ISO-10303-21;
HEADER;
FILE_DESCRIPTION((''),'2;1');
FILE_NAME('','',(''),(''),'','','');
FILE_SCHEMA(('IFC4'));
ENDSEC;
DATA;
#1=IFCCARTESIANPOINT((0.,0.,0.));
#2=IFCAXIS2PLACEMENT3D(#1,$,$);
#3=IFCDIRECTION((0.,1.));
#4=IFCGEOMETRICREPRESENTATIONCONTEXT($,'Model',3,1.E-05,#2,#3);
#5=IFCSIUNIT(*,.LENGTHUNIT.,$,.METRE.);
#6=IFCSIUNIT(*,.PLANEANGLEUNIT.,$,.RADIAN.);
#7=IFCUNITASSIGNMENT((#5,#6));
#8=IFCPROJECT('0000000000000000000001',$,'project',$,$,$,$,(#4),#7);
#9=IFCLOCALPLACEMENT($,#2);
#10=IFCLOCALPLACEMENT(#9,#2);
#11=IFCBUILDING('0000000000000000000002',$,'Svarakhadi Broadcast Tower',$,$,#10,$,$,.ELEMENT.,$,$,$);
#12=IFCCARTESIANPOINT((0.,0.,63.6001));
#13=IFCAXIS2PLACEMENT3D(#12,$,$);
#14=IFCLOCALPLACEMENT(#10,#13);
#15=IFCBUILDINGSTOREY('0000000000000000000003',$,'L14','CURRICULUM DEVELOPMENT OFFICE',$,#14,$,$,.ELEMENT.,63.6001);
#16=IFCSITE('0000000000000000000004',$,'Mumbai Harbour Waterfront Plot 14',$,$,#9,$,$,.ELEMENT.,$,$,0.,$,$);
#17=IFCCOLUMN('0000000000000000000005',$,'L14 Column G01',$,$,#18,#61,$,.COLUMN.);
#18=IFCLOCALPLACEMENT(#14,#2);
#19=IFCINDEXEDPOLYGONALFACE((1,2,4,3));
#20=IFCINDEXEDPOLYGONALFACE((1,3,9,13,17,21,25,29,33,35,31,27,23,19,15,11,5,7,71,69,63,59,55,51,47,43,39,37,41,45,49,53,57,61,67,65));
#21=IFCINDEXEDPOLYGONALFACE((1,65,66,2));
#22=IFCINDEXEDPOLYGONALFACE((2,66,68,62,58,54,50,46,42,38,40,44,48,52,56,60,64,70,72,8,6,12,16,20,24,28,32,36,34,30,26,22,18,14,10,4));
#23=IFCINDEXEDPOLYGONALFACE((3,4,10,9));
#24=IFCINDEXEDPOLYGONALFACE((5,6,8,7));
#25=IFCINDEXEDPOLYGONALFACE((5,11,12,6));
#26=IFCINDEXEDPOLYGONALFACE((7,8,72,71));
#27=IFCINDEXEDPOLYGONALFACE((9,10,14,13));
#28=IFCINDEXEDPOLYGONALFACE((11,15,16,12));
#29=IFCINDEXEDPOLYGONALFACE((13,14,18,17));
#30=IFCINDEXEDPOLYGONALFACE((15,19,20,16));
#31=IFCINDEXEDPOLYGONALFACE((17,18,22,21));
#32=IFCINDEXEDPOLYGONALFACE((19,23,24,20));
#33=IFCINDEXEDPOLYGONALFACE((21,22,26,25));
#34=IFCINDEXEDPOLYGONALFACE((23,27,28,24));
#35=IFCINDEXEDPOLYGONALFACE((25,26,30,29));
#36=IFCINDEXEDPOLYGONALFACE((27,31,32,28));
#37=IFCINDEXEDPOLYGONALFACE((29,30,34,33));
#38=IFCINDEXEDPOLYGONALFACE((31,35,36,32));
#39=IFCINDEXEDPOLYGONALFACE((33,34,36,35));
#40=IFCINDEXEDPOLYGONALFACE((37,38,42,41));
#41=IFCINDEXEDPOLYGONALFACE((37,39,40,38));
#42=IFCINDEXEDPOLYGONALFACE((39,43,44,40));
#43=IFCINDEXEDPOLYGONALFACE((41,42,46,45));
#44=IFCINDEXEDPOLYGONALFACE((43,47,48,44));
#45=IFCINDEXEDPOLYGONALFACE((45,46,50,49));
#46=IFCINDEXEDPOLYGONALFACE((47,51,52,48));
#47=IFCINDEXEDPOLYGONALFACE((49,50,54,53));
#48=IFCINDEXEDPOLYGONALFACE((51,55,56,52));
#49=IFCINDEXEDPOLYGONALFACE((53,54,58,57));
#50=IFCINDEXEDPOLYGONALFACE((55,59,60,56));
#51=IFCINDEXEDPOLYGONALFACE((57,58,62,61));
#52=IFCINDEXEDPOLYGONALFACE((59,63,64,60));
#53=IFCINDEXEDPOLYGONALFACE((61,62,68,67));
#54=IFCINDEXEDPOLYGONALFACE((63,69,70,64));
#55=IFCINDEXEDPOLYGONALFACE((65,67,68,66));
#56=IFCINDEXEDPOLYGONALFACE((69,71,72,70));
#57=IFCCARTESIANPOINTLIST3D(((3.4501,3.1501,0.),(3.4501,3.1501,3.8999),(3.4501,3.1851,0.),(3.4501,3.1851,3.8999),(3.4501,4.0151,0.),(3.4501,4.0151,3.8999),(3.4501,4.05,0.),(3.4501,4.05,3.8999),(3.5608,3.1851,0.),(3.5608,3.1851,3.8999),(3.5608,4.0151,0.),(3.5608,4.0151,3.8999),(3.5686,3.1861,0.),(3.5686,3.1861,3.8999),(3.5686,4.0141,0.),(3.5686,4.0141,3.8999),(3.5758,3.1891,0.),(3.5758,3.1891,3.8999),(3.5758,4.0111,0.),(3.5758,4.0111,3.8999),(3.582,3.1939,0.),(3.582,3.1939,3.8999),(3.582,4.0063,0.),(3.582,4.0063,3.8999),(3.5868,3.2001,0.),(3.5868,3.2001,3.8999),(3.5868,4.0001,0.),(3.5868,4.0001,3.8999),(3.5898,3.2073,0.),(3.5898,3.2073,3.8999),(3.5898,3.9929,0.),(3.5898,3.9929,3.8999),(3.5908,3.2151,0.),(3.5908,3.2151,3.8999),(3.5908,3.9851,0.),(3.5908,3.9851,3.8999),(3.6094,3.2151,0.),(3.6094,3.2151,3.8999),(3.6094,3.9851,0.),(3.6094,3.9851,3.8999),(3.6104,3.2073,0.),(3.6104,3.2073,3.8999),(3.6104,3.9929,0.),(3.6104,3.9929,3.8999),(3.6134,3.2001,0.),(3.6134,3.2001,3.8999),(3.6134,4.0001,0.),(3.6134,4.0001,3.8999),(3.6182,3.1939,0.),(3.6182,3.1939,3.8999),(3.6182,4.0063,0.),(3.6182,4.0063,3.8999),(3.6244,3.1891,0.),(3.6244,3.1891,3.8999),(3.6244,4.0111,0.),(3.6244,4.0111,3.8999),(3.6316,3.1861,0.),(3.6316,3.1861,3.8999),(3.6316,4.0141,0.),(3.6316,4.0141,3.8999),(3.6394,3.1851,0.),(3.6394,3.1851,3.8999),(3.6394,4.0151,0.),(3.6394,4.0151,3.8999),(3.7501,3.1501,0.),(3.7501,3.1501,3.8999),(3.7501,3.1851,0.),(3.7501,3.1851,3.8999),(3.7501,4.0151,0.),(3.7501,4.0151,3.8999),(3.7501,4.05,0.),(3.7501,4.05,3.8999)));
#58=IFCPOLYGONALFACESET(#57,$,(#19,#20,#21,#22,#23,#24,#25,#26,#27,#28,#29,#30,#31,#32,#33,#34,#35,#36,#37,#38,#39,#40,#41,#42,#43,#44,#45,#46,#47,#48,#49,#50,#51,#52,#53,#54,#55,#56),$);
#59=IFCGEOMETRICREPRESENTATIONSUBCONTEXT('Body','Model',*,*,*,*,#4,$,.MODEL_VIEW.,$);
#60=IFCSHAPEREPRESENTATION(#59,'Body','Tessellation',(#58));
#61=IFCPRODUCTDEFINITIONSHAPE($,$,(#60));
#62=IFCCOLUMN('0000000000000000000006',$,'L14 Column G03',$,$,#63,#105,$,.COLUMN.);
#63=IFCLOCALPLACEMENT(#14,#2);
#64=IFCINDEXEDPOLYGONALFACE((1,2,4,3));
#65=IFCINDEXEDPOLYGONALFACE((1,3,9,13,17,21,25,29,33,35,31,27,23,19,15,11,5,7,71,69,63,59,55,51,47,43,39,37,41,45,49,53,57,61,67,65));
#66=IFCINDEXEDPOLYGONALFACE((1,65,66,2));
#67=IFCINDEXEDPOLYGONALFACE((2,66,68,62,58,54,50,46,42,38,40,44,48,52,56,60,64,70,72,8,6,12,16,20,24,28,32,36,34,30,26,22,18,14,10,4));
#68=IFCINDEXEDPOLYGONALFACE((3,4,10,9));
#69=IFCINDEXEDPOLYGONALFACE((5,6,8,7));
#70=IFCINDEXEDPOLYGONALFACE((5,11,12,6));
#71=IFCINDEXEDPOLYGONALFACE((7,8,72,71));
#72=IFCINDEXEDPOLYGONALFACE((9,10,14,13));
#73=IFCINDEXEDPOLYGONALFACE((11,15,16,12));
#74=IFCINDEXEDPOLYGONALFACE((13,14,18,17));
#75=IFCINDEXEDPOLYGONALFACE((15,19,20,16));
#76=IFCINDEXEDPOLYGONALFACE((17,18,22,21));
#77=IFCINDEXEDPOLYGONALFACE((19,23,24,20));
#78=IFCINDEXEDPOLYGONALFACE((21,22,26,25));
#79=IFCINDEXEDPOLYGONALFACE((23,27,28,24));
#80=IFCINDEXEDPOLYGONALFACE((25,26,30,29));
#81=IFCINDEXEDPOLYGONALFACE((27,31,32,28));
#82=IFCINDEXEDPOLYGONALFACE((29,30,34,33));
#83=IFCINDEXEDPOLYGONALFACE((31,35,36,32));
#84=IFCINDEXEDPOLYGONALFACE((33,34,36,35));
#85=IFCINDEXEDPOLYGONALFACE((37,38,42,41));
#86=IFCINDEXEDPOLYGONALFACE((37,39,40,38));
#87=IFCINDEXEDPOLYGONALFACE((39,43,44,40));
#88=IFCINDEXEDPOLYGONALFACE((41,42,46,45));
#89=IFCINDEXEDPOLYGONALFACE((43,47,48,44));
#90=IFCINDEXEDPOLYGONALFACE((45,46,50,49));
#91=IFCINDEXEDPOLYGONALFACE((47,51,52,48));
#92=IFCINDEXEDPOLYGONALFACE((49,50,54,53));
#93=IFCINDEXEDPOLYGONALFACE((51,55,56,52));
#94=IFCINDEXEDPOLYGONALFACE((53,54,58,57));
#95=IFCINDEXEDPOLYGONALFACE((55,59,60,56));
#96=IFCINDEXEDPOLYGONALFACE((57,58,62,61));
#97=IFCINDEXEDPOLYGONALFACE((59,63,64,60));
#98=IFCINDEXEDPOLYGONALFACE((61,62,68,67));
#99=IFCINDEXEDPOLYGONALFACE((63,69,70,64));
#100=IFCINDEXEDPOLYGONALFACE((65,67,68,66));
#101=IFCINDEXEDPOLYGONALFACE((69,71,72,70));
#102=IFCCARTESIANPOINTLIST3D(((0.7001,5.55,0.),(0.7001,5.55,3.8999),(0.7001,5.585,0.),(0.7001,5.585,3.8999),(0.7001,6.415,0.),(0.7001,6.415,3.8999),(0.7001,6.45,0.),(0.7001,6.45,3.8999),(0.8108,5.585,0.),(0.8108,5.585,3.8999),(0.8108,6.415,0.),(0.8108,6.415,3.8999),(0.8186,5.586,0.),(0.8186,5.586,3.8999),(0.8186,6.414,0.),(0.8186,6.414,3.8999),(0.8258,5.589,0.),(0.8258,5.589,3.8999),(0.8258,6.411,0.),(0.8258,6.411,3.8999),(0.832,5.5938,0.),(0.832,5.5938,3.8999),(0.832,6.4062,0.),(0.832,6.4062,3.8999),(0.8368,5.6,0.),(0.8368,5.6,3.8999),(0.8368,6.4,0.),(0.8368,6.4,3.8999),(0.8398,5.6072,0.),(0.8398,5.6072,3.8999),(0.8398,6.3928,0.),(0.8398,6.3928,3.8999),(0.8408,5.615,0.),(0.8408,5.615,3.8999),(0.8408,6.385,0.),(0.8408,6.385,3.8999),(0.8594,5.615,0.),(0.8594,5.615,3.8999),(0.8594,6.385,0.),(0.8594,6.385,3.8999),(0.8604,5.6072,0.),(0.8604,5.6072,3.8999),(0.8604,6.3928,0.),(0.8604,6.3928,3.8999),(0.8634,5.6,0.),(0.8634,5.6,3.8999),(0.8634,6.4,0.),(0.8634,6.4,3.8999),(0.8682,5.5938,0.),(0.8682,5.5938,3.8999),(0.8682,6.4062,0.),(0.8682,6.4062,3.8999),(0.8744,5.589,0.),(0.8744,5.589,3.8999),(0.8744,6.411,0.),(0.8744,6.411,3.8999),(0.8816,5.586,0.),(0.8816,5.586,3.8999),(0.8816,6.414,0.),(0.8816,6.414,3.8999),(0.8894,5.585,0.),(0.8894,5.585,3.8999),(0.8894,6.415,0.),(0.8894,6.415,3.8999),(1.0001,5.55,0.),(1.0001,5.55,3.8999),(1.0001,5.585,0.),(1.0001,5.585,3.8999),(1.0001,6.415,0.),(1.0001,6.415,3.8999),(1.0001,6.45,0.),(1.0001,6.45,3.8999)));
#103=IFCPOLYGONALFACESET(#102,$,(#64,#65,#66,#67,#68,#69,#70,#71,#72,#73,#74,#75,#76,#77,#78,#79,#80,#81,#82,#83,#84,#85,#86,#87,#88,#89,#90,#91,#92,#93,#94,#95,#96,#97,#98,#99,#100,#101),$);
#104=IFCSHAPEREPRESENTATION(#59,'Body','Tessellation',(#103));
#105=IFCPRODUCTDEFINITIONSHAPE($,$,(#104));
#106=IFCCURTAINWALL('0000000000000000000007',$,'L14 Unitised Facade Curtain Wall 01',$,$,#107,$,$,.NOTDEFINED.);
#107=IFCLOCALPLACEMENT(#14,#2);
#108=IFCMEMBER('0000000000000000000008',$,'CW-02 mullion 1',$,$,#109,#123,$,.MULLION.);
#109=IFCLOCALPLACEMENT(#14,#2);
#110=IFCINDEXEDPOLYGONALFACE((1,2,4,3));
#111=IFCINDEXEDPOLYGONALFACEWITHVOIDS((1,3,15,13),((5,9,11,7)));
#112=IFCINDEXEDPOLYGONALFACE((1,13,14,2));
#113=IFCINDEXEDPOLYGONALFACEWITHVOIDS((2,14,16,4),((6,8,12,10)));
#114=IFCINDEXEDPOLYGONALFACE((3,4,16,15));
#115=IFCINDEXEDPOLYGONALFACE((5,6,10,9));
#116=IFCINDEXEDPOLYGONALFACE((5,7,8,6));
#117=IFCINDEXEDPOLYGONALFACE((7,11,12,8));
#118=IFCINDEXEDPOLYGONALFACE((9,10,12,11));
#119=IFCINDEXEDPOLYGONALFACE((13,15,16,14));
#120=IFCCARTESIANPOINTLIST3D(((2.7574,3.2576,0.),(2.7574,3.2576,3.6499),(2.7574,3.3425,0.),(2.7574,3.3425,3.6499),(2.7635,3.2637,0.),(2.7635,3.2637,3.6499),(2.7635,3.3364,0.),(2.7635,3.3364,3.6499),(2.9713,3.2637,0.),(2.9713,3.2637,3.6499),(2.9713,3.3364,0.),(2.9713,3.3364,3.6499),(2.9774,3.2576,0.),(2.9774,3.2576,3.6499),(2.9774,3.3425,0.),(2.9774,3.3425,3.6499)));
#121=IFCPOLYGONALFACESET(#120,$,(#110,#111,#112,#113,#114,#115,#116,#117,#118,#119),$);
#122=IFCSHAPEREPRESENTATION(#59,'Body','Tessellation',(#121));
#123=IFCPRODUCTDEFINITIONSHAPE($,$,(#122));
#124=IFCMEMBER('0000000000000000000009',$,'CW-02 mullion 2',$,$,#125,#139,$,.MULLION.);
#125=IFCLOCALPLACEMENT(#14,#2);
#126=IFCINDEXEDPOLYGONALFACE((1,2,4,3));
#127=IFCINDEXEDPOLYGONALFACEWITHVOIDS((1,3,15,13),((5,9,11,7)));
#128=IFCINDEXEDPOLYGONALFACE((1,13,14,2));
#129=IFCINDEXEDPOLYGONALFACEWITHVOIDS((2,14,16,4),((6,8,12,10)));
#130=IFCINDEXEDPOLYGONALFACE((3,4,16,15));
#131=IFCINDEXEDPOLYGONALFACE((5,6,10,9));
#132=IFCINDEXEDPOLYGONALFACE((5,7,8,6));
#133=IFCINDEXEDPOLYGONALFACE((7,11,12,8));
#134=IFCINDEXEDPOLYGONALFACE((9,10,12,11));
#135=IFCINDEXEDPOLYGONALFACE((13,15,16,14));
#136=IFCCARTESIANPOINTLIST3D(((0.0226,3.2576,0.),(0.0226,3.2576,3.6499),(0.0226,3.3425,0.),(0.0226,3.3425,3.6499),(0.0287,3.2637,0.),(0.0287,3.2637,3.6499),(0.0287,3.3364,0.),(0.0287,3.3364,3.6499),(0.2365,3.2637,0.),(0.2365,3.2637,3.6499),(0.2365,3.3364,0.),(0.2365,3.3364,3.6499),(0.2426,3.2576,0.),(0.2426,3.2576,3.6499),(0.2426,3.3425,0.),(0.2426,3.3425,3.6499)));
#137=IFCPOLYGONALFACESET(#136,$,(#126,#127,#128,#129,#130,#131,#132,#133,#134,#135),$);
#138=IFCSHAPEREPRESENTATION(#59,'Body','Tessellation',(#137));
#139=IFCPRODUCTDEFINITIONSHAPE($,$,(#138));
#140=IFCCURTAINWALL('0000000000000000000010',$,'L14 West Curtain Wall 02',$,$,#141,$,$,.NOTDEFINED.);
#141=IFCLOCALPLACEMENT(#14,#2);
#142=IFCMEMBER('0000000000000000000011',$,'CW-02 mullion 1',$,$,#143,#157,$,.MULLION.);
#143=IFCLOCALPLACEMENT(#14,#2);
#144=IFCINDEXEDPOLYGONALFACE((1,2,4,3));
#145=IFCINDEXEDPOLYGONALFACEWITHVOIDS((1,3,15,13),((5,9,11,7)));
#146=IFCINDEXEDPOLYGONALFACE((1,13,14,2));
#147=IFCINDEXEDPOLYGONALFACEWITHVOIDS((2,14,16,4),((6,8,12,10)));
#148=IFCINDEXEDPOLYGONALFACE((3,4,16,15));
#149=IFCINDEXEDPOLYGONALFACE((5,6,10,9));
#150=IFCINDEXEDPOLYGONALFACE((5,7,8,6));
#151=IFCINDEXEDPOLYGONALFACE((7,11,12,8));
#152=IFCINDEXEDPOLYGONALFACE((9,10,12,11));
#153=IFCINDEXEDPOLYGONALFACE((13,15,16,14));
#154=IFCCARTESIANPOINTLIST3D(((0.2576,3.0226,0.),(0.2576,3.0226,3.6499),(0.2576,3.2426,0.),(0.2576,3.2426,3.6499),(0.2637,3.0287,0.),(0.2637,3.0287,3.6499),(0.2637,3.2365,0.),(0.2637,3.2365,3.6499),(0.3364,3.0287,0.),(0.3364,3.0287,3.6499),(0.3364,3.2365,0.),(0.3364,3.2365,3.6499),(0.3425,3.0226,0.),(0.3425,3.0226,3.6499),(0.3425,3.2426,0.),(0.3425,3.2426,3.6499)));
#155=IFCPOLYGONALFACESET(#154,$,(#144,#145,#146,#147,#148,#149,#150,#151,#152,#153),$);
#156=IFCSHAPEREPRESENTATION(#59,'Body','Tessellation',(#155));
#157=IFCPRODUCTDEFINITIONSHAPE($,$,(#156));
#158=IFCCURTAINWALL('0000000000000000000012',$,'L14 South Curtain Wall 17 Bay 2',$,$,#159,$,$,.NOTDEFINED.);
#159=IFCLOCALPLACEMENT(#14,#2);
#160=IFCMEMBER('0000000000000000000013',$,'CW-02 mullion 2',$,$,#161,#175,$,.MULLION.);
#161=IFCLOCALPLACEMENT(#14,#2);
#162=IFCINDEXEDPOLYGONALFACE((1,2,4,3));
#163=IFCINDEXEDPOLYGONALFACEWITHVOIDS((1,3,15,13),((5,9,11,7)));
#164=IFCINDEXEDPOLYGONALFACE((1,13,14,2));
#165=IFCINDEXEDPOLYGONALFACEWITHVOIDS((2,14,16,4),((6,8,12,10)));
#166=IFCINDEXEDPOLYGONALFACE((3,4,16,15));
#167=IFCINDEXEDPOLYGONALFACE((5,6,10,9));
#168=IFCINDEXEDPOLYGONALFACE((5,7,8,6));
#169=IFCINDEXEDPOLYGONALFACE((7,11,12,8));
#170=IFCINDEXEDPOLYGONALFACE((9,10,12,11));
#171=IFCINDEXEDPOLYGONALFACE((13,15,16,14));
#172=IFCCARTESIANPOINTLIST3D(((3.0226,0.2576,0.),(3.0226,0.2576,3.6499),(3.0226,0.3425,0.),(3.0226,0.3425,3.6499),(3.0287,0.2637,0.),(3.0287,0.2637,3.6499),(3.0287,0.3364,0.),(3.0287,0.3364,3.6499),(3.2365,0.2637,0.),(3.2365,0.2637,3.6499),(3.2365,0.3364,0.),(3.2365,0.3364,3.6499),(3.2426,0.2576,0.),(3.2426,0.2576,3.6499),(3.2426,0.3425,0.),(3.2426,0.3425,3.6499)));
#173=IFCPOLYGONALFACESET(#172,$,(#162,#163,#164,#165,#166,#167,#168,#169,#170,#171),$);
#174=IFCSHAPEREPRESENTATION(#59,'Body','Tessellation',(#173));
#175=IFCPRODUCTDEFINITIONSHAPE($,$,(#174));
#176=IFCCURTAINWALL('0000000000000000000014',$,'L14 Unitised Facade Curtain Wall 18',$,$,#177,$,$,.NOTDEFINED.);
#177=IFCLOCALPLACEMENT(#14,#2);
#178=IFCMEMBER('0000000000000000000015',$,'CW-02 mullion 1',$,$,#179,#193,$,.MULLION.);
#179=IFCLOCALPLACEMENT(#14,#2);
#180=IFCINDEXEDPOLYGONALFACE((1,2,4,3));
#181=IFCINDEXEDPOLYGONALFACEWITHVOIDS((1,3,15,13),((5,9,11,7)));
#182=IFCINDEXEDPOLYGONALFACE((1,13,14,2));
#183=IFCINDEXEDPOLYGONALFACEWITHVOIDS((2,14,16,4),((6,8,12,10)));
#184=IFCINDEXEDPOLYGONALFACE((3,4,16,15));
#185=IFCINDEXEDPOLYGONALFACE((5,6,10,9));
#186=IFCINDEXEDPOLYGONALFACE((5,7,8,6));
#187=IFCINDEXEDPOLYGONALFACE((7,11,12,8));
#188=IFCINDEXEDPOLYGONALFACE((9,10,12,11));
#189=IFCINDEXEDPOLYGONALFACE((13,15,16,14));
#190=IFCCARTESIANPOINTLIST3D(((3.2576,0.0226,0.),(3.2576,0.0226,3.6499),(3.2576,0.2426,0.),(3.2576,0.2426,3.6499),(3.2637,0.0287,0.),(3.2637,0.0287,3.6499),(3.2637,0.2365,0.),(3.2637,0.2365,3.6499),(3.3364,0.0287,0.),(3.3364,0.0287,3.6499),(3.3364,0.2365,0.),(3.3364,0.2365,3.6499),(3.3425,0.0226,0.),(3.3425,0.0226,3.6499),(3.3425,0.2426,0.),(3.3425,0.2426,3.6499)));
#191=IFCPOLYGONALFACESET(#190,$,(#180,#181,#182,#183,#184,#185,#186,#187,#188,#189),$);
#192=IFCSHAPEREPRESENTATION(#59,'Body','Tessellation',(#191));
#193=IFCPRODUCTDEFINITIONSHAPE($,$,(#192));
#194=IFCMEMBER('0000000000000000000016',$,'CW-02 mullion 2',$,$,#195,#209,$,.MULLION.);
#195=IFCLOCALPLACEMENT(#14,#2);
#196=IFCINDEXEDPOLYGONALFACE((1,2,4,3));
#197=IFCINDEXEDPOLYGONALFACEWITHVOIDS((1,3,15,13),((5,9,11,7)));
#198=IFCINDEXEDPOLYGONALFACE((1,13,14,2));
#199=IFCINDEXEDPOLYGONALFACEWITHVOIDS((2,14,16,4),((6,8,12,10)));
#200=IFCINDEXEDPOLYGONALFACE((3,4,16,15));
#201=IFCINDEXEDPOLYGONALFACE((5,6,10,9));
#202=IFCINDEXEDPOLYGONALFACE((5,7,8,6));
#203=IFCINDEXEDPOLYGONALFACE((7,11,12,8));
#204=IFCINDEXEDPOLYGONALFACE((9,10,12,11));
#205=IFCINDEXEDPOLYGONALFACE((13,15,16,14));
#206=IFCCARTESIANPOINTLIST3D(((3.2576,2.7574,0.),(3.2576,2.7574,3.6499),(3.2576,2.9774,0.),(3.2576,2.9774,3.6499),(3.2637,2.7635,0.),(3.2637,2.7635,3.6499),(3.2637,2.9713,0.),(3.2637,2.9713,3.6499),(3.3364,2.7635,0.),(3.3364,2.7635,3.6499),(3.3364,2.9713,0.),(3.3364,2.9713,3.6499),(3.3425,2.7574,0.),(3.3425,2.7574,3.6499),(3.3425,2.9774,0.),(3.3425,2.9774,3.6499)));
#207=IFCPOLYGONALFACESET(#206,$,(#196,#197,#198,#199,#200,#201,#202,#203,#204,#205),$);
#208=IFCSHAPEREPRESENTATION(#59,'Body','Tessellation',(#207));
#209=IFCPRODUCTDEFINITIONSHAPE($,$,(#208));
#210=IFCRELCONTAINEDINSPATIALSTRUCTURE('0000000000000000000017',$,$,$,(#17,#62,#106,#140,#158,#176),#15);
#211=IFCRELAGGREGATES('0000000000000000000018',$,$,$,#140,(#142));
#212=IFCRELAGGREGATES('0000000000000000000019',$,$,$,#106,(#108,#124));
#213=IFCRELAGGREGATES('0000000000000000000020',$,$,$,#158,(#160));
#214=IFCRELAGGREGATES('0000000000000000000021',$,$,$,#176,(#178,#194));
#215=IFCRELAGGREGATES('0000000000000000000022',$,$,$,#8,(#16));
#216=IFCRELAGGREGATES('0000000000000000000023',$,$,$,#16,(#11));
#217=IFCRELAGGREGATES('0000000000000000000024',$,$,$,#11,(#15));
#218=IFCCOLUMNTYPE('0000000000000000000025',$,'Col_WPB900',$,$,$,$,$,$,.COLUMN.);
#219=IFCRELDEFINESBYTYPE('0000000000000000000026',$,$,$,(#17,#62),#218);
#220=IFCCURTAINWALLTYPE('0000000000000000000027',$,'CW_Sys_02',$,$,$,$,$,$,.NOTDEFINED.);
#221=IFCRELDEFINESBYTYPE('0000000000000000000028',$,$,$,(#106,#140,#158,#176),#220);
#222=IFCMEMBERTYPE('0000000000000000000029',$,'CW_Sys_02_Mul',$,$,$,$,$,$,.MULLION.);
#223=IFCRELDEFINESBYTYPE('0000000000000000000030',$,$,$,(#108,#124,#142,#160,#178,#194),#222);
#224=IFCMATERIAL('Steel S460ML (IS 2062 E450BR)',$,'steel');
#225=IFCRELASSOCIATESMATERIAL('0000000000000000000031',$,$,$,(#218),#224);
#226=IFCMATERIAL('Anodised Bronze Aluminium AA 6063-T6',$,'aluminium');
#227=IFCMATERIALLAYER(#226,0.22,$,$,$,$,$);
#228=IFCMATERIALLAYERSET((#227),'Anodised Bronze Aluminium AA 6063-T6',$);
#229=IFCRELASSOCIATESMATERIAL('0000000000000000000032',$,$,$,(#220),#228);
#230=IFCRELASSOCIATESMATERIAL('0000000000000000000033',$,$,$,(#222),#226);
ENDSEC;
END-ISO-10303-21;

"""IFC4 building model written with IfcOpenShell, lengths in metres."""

from ifc_helpers import new_model, si_unit, direction, frame, origin, origin_2d, place, context, subcontext, project, spatial, hollow_rectangle, i_section, extrude, material, layer, layer_set, material_profile, profile_set, type_object, element, aggregate, save


model = new_model("IFC4")

# Units and contexts
model_context = context("Model", 3, precision=1e-05, world=origin(), true_north=direction((0.0, 1.0)))
body_context = subcontext(model_context, "Body", "Model", "MODEL_VIEW")
ifc_project = project(units=[si_unit("LENGTHUNIT", "METRE"), si_unit("PLANEANGLEUNIT", "RADIAN")], contexts=[model_context])

# Site, building, storey
site_placement = place(None, origin())
site = spatial("IfcSite", under=ifc_project, at=site_placement, Name="Mumbai Harbour Waterfront Plot 14", CompositionType="ELEMENT", RefElevation=0.0)
building_placement = place(site_placement, origin())
building = spatial("IfcBuilding", under=site, at=building_placement, Name="Svarakhadi Broadcast Tower", CompositionType="ELEMENT")
storey_placement = place(building_placement, frame((0.0, 0.0, 63.6001)))
storey = spatial("IfcBuildingStorey", under=building, at=storey_placement, Name="L14", Description="CURRICULUM DEVELOPMENT OFFICE", CompositionType="ELEMENT", Elevation=63.6001)

# Columns
ifc_material_1 = material(Name="Steel S460ML (IS 2062 E450BR)", Category="steel")
ifc_material_profile_1 = material_profile(ifc_material_1, i_section(OverallWidth=0.3, OverallDepth=0.8999, WebThickness=0.0186, FlangeThickness=0.0349, FilletRadius=0.03, at=origin_2d()), Name="WPB 900x300x291")
ifc_profile_set_1 = profile_set([ifc_material_profile_1], Name="Steel S460ML (IS 2062 E450BR)")
column_type = type_object("IfcColumnType", Name="Col_WPB900", PredefinedType="COLUMN", material=ifc_profile_set_1)
for number, where, z_axis, x_axis, name in (
    (1, (3.6001, 3.6001, 0.0), (0.0, 0.0, 1.0), (1.0, 0.0, 0.0), "L14 Column G01"),
    (2, (0.8501, 6.0, 0.0), (0.0, 0.0, 1.0), (1.0, 0.0, 0.0), "L14 Column G03"),
):
    element("IfcColumn", number, at=place(storey_placement, frame(where, z_axis=z_axis, x_axis=x_axis)), inside=storey, type_object=column_type, Name=name, PredefinedType="COLUMN", context=body_context, shape_type="SweptSolid", body=[
        extrude(i_section(OverallWidth=0.3, OverallDepth=0.8999, WebThickness=0.0186, FlangeThickness=0.0349, FilletRadius=0.03, at=origin_2d()), origin(), (0.0, 0.0, 1.0), 3.8999),
    ])

# Curtain wall, members
ifc_material_2 = material(Name="Anodised Bronze Aluminium AA 6063-T6", Category="aluminium")
ifc_layer_1 = layer(ifc_material_2, 0.22)
ifc_layer_set_1 = layer_set([ifc_layer_1], Name="Anodised Bronze Aluminium AA 6063-T6")
curtain_wall_type = type_object("IfcCurtainWallType", Name="CW_Sys_02", PredefinedType="NOTDEFINED", material=ifc_layer_set_1)
curtain_wall_1_placement = place(storey_placement, origin())
curtain_wall_1 = element("IfcCurtainWall", 3, at=curtain_wall_1_placement, inside=storey, type_object=curtain_wall_type, Name="L14 Unitised Facade Curtain Wall 01", PredefinedType="NOTDEFINED")
ifc_material_profile_2 = material_profile(ifc_material_2, hollow_rectangle(XDim=0.085, YDim=0.22, WallThickness=0.0061, at=origin_2d()), Name="ALU MULLION 220x85x6")
ifc_profile_set_2 = profile_set([ifc_material_profile_2], Name="Anodised Bronze Aluminium AA 6063-T6")
member_type_1 = type_object("IfcMemberType", Name="CW_Sys_02_Mul", PredefinedType="MULLION", material=ifc_profile_set_2)
member_1_placement = place(storey_placement, frame((2.8674, 3.3, 0.0), z_axis=(0.0, 0.0, 1.0), x_axis=(0.0, -1.0, 0.0)))
member_1 = element("IfcMember", 4, at=member_1_placement, type_object=member_type_1, Name="CW-02 mullion 1", PredefinedType="MULLION", context=body_context, shape_type="SweptSolid", body=[
    extrude(hollow_rectangle(XDim=0.085, YDim=0.22, WallThickness=0.0061, at=origin_2d()), origin(), (0.0, 0.0, 1.0), 3.6499),
])
member_2_placement = place(storey_placement, frame((0.1326, 3.3, 0.0), z_axis=(0.0, 0.0, 1.0), x_axis=(0.0, -1.0, 0.0)))
member_2 = element("IfcMember", 5, at=member_2_placement, type_object=member_type_1, Name="CW-02 mullion 2", PredefinedType="MULLION", context=body_context, shape_type="SweptSolid", body=[
    extrude(hollow_rectangle(XDim=0.085, YDim=0.22, WallThickness=0.0061, at=origin_2d()), origin(), (0.0, 0.0, 1.0), 3.6499),
])

# Curtain walls, members
curtain_wall_2_placement = place(storey_placement, origin())
curtain_wall_2 = element("IfcCurtainWall", 6, at=curtain_wall_2_placement, inside=storey, type_object=curtain_wall_type, Name="L14 West Curtain Wall 02", PredefinedType="NOTDEFINED")
member_3_placement = place(storey_placement, frame((0.3, 3.1326, 0.0), z_axis=(0.0, 0.0, 1.0), x_axis=(-1.0, 0.0, 0.0)))
member_3 = element("IfcMember", 7, at=member_3_placement, type_object=member_type_1, Name="CW-02 mullion 1", PredefinedType="MULLION", context=body_context, shape_type="SweptSolid", body=[
    extrude(hollow_rectangle(XDim=0.085, YDim=0.22, WallThickness=0.0061, at=origin_2d()), origin(), (0.0, 0.0, 1.0), 3.6499),
])
curtain_wall_3_placement = place(storey_placement, origin())
curtain_wall_3 = element("IfcCurtainWall", 8, at=curtain_wall_3_placement, inside=storey, type_object=curtain_wall_type, Name="L14 South Curtain Wall 17 Bay 2", PredefinedType="NOTDEFINED")
member_4_placement = place(storey_placement, frame((3.1326, 0.3, 0.0), z_axis=(0.0, 0.0, 1.0), x_axis=(0.0, -1.0, 0.0)))
member_4 = element("IfcMember", 9, at=member_4_placement, type_object=member_type_1, Name="CW-02 mullion 2", PredefinedType="MULLION", context=body_context, shape_type="SweptSolid", body=[
    extrude(hollow_rectangle(XDim=0.085, YDim=0.22, WallThickness=0.0061, at=origin_2d()), origin(), (0.0, 0.0, 1.0), 3.6499),
])

# Curtain wall, members
curtain_wall_4_placement = place(storey_placement, origin())
curtain_wall_4 = element("IfcCurtainWall", 10, at=curtain_wall_4_placement, inside=storey, type_object=curtain_wall_type, Name="L14 Unitised Facade Curtain Wall 18", PredefinedType="NOTDEFINED")
member_5_placement = place(storey_placement, frame((3.3, 0.1326, 0.0), z_axis=(0.0, 0.0, 1.0), x_axis=(-1.0, 0.0, 0.0)))
member_5 = element("IfcMember", 11, at=member_5_placement, type_object=member_type_1, Name="CW-02 mullion 1", PredefinedType="MULLION", context=body_context, shape_type="SweptSolid", body=[
    extrude(hollow_rectangle(XDim=0.085, YDim=0.22, WallThickness=0.0061, at=origin_2d()), origin(), (0.0, 0.0, 1.0), 3.6499),
])
member_6_placement = place(storey_placement, frame((3.3, 2.8674, 0.0), z_axis=(0.0, 0.0, 1.0), x_axis=(-1.0, 0.0, 0.0)))
member_6 = element("IfcMember", 12, at=member_6_placement, type_object=member_type_1, Name="CW-02 mullion 2", PredefinedType="MULLION", context=body_context, shape_type="SweptSolid", body=[
    extrude(hollow_rectangle(XDim=0.085, YDim=0.22, WallThickness=0.0061, at=origin_2d()), origin(), (0.0, 0.0, 1.0), 3.6499),
])

aggregate(curtain_wall_2, [member_3])

aggregate(curtain_wall_1, [member_1, member_2])
aggregate(curtain_wall_3, [member_4])
aggregate(curtain_wall_4, [member_5, member_6])

save(model, "model.ifc")
